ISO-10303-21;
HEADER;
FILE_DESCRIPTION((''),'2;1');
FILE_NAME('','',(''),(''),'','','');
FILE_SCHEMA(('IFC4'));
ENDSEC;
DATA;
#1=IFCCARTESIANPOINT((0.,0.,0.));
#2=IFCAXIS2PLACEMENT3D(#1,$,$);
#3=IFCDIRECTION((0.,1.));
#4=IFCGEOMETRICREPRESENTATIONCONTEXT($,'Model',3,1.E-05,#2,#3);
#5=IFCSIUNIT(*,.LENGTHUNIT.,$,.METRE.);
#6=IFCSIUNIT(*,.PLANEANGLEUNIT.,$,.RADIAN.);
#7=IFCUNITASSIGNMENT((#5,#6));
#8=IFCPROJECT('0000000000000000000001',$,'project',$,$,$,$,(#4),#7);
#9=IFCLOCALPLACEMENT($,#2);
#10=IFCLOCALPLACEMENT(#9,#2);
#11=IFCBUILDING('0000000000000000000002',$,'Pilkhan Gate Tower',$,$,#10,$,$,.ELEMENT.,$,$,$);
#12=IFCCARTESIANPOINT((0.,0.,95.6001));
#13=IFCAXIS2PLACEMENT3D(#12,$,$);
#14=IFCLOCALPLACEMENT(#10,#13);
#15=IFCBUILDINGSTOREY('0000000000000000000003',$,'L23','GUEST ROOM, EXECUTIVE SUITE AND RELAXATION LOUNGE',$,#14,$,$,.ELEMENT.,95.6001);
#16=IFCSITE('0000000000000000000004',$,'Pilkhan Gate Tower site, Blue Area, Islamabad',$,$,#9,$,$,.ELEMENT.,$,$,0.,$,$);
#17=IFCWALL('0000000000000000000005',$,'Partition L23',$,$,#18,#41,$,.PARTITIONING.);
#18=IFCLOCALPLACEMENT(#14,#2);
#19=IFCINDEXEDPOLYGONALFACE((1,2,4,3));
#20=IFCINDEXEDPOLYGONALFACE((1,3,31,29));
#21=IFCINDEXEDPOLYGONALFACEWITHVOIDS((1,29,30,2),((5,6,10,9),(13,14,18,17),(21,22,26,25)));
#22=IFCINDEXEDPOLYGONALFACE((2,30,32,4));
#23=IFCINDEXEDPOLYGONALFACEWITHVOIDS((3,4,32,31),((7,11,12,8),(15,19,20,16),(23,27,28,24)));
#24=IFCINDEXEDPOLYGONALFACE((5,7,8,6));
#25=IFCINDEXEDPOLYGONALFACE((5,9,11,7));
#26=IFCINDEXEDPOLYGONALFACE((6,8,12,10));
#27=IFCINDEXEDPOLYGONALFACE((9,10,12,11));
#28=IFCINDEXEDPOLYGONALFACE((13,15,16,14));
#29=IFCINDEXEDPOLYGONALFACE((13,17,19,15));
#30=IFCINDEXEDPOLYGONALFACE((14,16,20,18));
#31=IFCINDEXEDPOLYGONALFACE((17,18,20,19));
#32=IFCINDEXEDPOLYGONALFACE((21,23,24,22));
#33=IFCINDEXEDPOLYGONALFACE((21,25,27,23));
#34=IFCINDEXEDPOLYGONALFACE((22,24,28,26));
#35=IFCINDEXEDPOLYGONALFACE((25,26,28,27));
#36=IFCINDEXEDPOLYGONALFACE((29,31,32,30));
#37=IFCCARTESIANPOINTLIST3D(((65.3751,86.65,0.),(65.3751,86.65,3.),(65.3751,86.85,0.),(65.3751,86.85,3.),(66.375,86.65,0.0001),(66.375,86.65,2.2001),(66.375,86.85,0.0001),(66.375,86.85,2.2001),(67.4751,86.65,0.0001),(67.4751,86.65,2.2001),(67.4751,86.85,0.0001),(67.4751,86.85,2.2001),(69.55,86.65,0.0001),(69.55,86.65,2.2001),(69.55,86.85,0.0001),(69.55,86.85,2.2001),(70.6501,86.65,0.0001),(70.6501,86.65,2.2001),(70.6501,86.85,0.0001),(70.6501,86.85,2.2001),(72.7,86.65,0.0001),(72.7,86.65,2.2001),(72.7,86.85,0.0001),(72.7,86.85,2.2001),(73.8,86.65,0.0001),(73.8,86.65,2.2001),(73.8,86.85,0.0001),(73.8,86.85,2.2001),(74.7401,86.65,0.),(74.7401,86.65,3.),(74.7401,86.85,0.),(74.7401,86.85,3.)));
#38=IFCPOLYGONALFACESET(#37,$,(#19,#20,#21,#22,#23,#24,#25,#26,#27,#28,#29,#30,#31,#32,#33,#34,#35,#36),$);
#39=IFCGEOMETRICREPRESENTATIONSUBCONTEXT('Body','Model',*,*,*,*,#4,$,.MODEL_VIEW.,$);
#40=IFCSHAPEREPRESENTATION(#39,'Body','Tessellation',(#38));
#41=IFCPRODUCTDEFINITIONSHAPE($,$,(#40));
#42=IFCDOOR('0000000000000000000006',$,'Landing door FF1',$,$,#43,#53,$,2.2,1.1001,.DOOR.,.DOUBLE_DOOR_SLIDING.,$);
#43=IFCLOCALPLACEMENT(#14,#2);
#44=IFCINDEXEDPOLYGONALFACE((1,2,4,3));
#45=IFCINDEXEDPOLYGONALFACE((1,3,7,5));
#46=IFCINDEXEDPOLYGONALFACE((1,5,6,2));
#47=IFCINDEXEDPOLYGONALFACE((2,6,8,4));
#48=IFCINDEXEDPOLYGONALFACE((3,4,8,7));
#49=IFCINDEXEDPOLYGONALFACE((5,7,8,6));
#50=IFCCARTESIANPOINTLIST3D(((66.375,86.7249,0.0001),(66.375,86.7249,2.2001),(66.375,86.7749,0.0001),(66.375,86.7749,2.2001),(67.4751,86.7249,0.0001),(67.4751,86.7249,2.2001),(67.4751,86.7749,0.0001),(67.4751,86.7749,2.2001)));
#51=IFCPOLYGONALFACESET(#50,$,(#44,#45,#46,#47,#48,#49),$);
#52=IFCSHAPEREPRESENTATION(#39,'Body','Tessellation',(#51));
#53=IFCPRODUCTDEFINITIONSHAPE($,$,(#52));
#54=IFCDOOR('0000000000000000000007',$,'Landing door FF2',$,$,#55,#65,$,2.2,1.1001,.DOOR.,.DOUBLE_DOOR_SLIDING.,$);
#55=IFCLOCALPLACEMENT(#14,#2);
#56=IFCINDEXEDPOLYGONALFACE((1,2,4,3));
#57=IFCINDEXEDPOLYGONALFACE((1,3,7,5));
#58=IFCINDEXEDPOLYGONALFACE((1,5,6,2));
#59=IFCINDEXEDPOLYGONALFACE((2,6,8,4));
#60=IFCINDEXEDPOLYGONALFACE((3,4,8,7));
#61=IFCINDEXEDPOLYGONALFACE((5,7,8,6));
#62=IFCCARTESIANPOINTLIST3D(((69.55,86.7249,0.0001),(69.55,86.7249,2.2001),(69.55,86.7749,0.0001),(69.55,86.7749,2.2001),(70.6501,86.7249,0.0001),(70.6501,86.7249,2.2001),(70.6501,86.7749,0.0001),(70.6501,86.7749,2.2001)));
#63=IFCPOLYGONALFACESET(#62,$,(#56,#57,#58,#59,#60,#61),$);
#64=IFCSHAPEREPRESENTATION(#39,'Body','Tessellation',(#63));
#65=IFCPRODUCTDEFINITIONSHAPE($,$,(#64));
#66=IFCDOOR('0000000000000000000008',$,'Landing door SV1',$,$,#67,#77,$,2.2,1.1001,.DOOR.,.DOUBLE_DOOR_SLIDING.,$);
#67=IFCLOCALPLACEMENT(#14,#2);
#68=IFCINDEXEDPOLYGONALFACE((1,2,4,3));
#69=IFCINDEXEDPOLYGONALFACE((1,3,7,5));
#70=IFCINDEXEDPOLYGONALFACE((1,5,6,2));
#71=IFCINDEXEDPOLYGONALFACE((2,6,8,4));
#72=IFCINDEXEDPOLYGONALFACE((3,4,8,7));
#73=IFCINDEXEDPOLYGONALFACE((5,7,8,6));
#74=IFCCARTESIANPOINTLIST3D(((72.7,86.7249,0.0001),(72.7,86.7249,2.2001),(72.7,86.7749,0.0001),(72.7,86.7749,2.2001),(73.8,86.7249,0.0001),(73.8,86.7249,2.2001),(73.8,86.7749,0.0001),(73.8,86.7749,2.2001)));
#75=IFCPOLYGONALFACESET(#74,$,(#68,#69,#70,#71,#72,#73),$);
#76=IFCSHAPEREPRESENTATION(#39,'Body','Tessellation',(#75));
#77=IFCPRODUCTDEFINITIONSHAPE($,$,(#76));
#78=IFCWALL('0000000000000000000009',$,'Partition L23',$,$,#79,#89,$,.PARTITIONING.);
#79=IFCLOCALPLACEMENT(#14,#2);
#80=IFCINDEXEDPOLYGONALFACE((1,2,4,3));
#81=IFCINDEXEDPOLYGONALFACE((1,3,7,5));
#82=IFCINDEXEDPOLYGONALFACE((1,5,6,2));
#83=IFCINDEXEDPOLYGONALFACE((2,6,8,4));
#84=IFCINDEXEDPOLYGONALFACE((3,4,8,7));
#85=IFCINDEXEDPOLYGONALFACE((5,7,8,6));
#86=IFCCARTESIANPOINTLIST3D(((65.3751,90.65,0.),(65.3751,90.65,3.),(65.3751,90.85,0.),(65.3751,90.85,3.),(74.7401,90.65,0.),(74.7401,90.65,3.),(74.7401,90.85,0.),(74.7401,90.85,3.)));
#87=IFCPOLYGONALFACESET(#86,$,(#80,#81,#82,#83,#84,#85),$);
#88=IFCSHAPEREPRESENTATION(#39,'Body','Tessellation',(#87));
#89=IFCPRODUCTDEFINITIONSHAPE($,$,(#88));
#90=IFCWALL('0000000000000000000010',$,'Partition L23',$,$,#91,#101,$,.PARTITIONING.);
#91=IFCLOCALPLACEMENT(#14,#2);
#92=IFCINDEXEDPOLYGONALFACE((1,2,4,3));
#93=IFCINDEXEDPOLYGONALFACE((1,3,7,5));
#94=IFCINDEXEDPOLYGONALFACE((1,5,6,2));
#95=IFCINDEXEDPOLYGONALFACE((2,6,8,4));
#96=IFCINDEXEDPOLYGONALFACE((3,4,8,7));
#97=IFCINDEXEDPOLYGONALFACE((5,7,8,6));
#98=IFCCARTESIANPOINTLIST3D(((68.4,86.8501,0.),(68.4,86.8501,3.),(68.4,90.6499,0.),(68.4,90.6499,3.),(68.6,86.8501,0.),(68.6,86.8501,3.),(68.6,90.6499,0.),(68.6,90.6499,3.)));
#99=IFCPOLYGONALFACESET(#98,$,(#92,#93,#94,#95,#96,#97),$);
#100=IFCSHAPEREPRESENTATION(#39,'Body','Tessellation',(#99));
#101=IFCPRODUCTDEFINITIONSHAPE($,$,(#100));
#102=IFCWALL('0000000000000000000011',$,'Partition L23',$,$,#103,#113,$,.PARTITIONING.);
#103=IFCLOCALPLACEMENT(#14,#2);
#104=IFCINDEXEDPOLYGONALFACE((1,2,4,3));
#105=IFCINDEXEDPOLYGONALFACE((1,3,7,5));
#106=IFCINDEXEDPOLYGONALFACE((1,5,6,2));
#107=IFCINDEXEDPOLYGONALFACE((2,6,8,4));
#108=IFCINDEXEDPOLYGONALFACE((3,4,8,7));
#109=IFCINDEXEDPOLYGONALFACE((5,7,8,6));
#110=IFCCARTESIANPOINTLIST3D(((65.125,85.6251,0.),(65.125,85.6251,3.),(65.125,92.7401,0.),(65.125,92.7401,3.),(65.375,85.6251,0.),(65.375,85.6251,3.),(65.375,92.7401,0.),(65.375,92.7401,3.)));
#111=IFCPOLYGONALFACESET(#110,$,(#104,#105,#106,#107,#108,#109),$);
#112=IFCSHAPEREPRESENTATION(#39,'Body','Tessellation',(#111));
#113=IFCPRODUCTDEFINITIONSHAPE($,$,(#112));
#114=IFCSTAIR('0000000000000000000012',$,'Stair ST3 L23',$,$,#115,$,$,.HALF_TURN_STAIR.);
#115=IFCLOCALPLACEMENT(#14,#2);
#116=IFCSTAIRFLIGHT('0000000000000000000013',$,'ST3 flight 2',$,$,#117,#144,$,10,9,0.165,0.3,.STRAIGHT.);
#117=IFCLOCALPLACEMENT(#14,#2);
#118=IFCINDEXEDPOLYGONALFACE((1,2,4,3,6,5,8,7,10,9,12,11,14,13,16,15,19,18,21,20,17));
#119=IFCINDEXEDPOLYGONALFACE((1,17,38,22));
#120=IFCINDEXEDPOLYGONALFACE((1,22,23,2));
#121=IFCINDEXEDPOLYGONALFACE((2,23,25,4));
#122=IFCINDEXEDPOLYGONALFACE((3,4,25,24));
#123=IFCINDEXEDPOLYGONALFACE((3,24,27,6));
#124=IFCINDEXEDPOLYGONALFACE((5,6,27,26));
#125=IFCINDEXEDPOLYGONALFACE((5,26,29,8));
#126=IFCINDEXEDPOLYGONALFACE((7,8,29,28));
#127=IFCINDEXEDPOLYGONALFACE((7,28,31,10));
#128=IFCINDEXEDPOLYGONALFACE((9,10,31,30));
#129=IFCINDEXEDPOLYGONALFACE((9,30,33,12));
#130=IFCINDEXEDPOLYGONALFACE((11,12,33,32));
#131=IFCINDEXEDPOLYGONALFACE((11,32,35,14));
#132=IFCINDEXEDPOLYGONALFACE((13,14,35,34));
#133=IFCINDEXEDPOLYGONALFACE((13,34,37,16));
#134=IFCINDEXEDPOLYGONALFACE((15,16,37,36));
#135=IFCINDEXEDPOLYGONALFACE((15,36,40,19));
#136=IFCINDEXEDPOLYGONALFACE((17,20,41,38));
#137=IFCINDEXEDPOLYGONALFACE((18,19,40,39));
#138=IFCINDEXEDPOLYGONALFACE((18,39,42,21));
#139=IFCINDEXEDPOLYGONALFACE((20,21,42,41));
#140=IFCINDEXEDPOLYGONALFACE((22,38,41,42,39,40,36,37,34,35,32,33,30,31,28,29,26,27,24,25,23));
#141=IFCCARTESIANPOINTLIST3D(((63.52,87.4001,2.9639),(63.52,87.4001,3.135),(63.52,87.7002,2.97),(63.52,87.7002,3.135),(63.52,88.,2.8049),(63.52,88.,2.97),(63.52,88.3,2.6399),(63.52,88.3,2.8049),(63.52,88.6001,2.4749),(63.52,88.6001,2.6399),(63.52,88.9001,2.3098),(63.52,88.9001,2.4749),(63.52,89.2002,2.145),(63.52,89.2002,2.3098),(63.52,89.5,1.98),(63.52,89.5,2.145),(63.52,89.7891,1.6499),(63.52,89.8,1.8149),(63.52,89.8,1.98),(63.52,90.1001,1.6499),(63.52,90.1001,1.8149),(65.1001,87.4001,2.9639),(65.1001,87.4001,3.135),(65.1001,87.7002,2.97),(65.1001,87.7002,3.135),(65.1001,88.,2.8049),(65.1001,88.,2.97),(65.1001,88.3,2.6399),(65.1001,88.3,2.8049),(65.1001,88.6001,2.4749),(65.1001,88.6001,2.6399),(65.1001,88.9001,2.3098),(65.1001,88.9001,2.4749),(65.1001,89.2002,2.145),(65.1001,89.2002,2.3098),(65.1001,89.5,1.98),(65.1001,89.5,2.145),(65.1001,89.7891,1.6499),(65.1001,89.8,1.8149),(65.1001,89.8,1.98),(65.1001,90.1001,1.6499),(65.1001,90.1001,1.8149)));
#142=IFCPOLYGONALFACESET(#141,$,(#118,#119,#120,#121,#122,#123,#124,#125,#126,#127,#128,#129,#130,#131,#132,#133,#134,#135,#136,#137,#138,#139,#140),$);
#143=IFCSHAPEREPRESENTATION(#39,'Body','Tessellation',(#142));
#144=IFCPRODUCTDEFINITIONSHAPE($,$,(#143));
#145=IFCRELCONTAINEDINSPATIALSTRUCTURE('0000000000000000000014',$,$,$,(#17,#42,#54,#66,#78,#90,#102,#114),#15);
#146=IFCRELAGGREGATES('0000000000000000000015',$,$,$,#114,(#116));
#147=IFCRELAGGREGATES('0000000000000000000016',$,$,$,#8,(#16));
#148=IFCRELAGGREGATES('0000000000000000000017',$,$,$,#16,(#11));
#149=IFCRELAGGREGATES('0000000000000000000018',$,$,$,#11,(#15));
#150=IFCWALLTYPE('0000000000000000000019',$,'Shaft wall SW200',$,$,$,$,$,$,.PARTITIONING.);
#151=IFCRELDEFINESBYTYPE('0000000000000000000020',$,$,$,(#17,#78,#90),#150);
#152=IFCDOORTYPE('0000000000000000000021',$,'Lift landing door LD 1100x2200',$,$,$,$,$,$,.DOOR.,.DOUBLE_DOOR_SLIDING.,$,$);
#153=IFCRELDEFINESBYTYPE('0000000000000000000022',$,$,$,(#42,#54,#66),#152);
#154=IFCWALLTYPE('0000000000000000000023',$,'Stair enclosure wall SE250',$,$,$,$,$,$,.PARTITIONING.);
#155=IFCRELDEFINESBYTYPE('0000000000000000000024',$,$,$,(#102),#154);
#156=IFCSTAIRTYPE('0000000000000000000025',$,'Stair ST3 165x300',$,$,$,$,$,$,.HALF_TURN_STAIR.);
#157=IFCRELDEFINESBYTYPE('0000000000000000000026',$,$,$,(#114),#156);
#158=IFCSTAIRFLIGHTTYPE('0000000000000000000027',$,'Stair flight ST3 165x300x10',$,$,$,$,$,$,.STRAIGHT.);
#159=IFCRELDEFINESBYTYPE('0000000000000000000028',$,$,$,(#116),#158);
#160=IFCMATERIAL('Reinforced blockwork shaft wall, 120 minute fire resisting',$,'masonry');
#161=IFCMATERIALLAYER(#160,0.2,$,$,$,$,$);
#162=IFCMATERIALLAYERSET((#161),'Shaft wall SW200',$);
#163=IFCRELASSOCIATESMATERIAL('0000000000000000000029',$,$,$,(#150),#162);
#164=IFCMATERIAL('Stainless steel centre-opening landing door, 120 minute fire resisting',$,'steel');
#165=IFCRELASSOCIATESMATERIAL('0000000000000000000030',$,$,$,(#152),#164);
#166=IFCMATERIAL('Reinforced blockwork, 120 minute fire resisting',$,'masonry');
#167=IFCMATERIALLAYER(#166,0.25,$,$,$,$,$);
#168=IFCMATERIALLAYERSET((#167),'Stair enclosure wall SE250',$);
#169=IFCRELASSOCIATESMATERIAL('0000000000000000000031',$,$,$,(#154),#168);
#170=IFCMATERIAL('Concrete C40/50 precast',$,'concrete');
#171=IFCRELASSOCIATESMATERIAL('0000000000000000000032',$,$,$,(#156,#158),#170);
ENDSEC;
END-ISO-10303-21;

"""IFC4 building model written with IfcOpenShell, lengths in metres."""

from ifc_helpers import new_model, si_unit, direction, frame, frame_2d, origin, place, context, subcontext, project, spatial, polyline, rectangle, outline, extrude, material, layer, layer_set, type_object, element, fill, aggregate, save


model = new_model("IFC4")

# Units and contexts
model_context = context("Model", 3, precision=1e-05, world=origin(), true_north=direction((0.0, 1.0)))
body_context = subcontext(model_context, "Body", "Model", "MODEL_VIEW")
ifc_project = project(units=[si_unit("LENGTHUNIT", "METRE"), si_unit("PLANEANGLEUNIT", "RADIAN")], contexts=[model_context])

# Site, building, storey
site_placement = place(None, origin())
site = spatial("IfcSite", under=ifc_project, at=site_placement, Name="Pilkhan Gate Tower site, Blue Area, Islamabad", CompositionType="ELEMENT", RefElevation=0.0)
building_placement = place(site_placement, origin())
building = spatial("IfcBuilding", under=site, at=building_placement, Name="Pilkhan Gate Tower", CompositionType="ELEMENT")
storey_placement = place(building_placement, frame((0.0, 0.0, 95.6001)))
storey = spatial("IfcBuildingStorey", under=building, at=storey_placement, Name="L23", Description="GUEST ROOM, EXECUTIVE SUITE AND RELAXATION LOUNGE", CompositionType="ELEMENT", Elevation=95.6001)

# Wall, openings, doors
ifc_material_1 = material(Name="Reinforced blockwork shaft wall, 120 minute fire resisting", Category="masonry")
ifc_layer_1 = layer(ifc_material_1, 0.2)
ifc_layer_set_1 = layer_set([ifc_layer_1], Name="Shaft wall SW200")
wall_type_1 = type_object("IfcWallType", Name="Shaft wall SW200", PredefinedType="PARTITIONING", material=ifc_layer_set_1)
wall_1_placement = place(storey_placement, frame((65.375, 86.75, 0.0), z_axis=(0.0, 0.0, 1.0), x_axis=(1.0, 0.0, 0.0)))
wall_1 = element("IfcWall", 1, at=wall_1_placement, inside=storey, type_object=wall_type_1, Name="Partition L23", PredefinedType="PARTITIONING", context=body_context, shape_type="SweptSolid", body=[
    extrude(rectangle(XDim=9.365, YDim=0.2, at=frame_2d((4.6826, 0.0))), origin(), (0.0, 0.0, 1.0), 3.0),
])
opening_1_placement = place(wall_1_placement, frame((1.0, 0.0, 0.0)))
opening_1 = element("IfcOpeningElement", 2, at=opening_1_placement, cuts=wall_1, PredefinedType="OPENING", context=body_context, shape_type="SweptSolid", body=[
    extrude(rectangle(XDim=1.1001, YDim=2.2, at=frame_2d((0.55, 1.1001))), frame((0.0, 0.1099, 0.0), z_axis=(0.0, -1.0, 0.0), x_axis=(1.0, 0.0, 0.0)), (0.0, 0.0, 1.0), 0.22),
])
opening_2_placement = place(wall_1_placement, frame((4.175, 0.0, 0.0)))
opening_2 = element("IfcOpeningElement", 3, at=opening_2_placement, cuts=wall_1, PredefinedType="OPENING", context=body_context, shape_type="SweptSolid", body=[
    extrude(rectangle(XDim=1.1001, YDim=2.2, at=frame_2d((0.55, 1.1001))), frame((0.0, 0.1099, 0.0), z_axis=(0.0, -1.0, 0.0), x_axis=(1.0, 0.0, 0.0)), (0.0, 0.0, 1.0), 0.22),
])
opening_3_placement = place(wall_1_placement, frame((7.325, 0.0, 0.0)))
opening_3 = element("IfcOpeningElement", 4, at=opening_3_placement, cuts=wall_1, PredefinedType="OPENING", context=body_context, shape_type="SweptSolid", body=[
    extrude(rectangle(XDim=1.1001, YDim=2.2, at=frame_2d((0.55, 1.1001))), frame((0.0, 0.1099, 0.0), z_axis=(0.0, -1.0, 0.0), x_axis=(1.0, 0.0, 0.0)), (0.0, 0.0, 1.0), 0.22),
])
ifc_material_2 = material(Name="Stainless steel centre-opening landing door, 120 minute fire resisting", Category="steel")
door_type = type_object("IfcDoorType", Name="Lift landing door LD 1100x2200", OperationType="DOUBLE_DOOR_SLIDING", PredefinedType="DOOR", material=ifc_material_2)
door_1_placement = place(opening_1_placement, origin())
door_1 = element("IfcDoor", 5, at=door_1_placement, inside=storey, type_object=door_type, Name="Landing door FF1", OperationType="DOUBLE_DOOR_SLIDING", OverallHeight=2.2, OverallWidth=1.1001, PredefinedType="DOOR", context=body_context, shape_type="SweptSolid", body=[
    extrude(rectangle(XDim=1.1001, YDim=2.2, at=frame_2d((0.55, 1.1001))), frame((0.0, 0.0249, 0.0), z_axis=(0.0, -1.0, 0.0), x_axis=(1.0, 0.0, 0.0)), (0.0, 0.0, 1.0), 0.05),
])
fill(opening_1, door_1)
door_2_placement = place(opening_2_placement, origin())
door_2 = element("IfcDoor", 6, at=door_2_placement, inside=storey, type_object=door_type, Name="Landing door FF2", OperationType="DOUBLE_DOOR_SLIDING", OverallHeight=2.2, OverallWidth=1.1001, PredefinedType="DOOR", context=body_context, shape_type="SweptSolid", body=[
    extrude(rectangle(XDim=1.1001, YDim=2.2, at=frame_2d((0.55, 1.1001))), frame((0.0, 0.0249, 0.0), z_axis=(0.0, -1.0, 0.0), x_axis=(1.0, 0.0, 0.0)), (0.0, 0.0, 1.0), 0.05),
])
fill(opening_2, door_2)
door_3_placement = place(opening_3_placement, origin())
door_3 = element("IfcDoor", 7, at=door_3_placement, inside=storey, type_object=door_type, Name="Landing door SV1", OperationType="DOUBLE_DOOR_SLIDING", OverallHeight=2.2, OverallWidth=1.1001, PredefinedType="DOOR", context=body_context, shape_type="SweptSolid", body=[
    extrude(rectangle(XDim=1.1001, YDim=2.2, at=frame_2d((0.55, 1.1001))), frame((0.0, 0.0249, 0.0), z_axis=(0.0, -1.0, 0.0), x_axis=(1.0, 0.0, 0.0)), (0.0, 0.0, 1.0), 0.05),
])
fill(opening_3, door_3)

# Walls
wall_2_placement = place(storey_placement, frame((65.375, 90.75, 0.0), z_axis=(0.0, 0.0, 1.0), x_axis=(1.0, 0.0, 0.0)))
element("IfcWall", 8, at=wall_2_placement, inside=storey, type_object=wall_type_1, Name="Partition L23", PredefinedType="PARTITIONING", context=body_context, shape_type="SweptSolid", body=[
    extrude(rectangle(XDim=9.365, YDim=0.2, at=frame_2d((4.6826, 0.0))), origin(), (0.0, 0.0, 1.0), 3.0),
])
wall_3_placement = place(storey_placement, frame((68.5, 86.8501, 0.0), z_axis=(0.0, 0.0, 1.0), x_axis=(0.0, 1.0, 0.0)))
element("IfcWall", 9, at=wall_3_placement, inside=storey, type_object=wall_type_1, Name="Partition L23", PredefinedType="PARTITIONING", context=body_context, shape_type="SweptSolid", body=[
    extrude(rectangle(XDim=3.7998, YDim=0.2, at=frame_2d((1.8999, 0.0))), origin(), (0.0, 0.0, 1.0), 3.0),
])
ifc_material_3 = material(Name="Reinforced blockwork, 120 minute fire resisting", Category="masonry")
ifc_layer_2 = layer(ifc_material_3, 0.25)
ifc_layer_set_2 = layer_set([ifc_layer_2], Name="Stair enclosure wall SE250")
wall_type_2 = type_object("IfcWallType", Name="Stair enclosure wall SE250", PredefinedType="PARTITIONING", material=ifc_layer_set_2)
wall_4_placement = place(storey_placement, frame((65.25, 85.625, 0.0), z_axis=(0.0, 0.0, 1.0), x_axis=(0.0, 1.0, 0.0)))
element("IfcWall", 10, at=wall_4_placement, inside=storey, type_object=wall_type_2, Name="Partition L23", PredefinedType="PARTITIONING", context=body_context, shape_type="SweptSolid", body=[
    extrude(rectangle(XDim=7.115, YDim=0.25, at=frame_2d((3.5576, 0.0))), origin(), (0.0, 0.0, 1.0), 3.0),
])

# Stair, stair flight
ifc_material_4 = material(Name="Concrete C40/50 precast", Category="concrete")
stair_type = type_object("IfcStairType", Name="Stair ST3 165x300", PredefinedType="HALF_TURN_STAIR", material=ifc_material_4)
stair_placement = place(storey_placement, origin())
stair = element("IfcStair", 11, at=stair_placement, inside=storey, type_object=stair_type, Name="Stair ST3 L23", PredefinedType="HALF_TURN_STAIR")
stair_flight_type = type_object("IfcStairFlightType", Name="Stair flight ST3 165x300x10", PredefinedType="STRAIGHT", material=ifc_material_4)
stair_flight_placement = place(storey_placement, frame((64.3101, 90.1001, 1.6499), z_axis=(0.0, 0.0, 1.0), x_axis=(0.0, -1.0, 0.0)))
stair_flight = element("IfcStairFlight", 12, at=stair_flight_placement, type_object=stair_flight_type, Name="ST3 flight 2", NumberOfRisers=10, NumberOfTreads=9, PredefinedType="STRAIGHT", RiserHeight=0.165, TreadLength=0.3, context=body_context, shape_type="SweptSolid", body=[
    extrude(outline(polyline([(0.0, 0.0), (0.0, 0.165), (0.3, 0.165), (0.3, 0.3301), (0.6001, 0.3301), (0.6001, 0.4951), (0.8999, 0.4951), (0.8999, 0.6599), (1.2, 0.6599), (1.2, 0.825), (1.5, 0.825), (1.5, 0.99), (1.8, 0.99), (1.8, 1.155), (2.1001, 1.155), (2.1001, 1.3201), (2.3999, 1.3201), (2.3999, 1.4851), (2.7, 1.4851), (2.7, 1.6499), (2.7, 1.314), (0.311, 0.0), (0.0, 0.0)])), frame((0.0, 0.79, 0.0), z_axis=(0.0, -1.0, 0.0), x_axis=(1.0, 0.0, 0.0)), (0.0, 0.0, 1.0), 1.5801),
])
aggregate(stair, [stair_flight])

save(model, "model.ifc")
